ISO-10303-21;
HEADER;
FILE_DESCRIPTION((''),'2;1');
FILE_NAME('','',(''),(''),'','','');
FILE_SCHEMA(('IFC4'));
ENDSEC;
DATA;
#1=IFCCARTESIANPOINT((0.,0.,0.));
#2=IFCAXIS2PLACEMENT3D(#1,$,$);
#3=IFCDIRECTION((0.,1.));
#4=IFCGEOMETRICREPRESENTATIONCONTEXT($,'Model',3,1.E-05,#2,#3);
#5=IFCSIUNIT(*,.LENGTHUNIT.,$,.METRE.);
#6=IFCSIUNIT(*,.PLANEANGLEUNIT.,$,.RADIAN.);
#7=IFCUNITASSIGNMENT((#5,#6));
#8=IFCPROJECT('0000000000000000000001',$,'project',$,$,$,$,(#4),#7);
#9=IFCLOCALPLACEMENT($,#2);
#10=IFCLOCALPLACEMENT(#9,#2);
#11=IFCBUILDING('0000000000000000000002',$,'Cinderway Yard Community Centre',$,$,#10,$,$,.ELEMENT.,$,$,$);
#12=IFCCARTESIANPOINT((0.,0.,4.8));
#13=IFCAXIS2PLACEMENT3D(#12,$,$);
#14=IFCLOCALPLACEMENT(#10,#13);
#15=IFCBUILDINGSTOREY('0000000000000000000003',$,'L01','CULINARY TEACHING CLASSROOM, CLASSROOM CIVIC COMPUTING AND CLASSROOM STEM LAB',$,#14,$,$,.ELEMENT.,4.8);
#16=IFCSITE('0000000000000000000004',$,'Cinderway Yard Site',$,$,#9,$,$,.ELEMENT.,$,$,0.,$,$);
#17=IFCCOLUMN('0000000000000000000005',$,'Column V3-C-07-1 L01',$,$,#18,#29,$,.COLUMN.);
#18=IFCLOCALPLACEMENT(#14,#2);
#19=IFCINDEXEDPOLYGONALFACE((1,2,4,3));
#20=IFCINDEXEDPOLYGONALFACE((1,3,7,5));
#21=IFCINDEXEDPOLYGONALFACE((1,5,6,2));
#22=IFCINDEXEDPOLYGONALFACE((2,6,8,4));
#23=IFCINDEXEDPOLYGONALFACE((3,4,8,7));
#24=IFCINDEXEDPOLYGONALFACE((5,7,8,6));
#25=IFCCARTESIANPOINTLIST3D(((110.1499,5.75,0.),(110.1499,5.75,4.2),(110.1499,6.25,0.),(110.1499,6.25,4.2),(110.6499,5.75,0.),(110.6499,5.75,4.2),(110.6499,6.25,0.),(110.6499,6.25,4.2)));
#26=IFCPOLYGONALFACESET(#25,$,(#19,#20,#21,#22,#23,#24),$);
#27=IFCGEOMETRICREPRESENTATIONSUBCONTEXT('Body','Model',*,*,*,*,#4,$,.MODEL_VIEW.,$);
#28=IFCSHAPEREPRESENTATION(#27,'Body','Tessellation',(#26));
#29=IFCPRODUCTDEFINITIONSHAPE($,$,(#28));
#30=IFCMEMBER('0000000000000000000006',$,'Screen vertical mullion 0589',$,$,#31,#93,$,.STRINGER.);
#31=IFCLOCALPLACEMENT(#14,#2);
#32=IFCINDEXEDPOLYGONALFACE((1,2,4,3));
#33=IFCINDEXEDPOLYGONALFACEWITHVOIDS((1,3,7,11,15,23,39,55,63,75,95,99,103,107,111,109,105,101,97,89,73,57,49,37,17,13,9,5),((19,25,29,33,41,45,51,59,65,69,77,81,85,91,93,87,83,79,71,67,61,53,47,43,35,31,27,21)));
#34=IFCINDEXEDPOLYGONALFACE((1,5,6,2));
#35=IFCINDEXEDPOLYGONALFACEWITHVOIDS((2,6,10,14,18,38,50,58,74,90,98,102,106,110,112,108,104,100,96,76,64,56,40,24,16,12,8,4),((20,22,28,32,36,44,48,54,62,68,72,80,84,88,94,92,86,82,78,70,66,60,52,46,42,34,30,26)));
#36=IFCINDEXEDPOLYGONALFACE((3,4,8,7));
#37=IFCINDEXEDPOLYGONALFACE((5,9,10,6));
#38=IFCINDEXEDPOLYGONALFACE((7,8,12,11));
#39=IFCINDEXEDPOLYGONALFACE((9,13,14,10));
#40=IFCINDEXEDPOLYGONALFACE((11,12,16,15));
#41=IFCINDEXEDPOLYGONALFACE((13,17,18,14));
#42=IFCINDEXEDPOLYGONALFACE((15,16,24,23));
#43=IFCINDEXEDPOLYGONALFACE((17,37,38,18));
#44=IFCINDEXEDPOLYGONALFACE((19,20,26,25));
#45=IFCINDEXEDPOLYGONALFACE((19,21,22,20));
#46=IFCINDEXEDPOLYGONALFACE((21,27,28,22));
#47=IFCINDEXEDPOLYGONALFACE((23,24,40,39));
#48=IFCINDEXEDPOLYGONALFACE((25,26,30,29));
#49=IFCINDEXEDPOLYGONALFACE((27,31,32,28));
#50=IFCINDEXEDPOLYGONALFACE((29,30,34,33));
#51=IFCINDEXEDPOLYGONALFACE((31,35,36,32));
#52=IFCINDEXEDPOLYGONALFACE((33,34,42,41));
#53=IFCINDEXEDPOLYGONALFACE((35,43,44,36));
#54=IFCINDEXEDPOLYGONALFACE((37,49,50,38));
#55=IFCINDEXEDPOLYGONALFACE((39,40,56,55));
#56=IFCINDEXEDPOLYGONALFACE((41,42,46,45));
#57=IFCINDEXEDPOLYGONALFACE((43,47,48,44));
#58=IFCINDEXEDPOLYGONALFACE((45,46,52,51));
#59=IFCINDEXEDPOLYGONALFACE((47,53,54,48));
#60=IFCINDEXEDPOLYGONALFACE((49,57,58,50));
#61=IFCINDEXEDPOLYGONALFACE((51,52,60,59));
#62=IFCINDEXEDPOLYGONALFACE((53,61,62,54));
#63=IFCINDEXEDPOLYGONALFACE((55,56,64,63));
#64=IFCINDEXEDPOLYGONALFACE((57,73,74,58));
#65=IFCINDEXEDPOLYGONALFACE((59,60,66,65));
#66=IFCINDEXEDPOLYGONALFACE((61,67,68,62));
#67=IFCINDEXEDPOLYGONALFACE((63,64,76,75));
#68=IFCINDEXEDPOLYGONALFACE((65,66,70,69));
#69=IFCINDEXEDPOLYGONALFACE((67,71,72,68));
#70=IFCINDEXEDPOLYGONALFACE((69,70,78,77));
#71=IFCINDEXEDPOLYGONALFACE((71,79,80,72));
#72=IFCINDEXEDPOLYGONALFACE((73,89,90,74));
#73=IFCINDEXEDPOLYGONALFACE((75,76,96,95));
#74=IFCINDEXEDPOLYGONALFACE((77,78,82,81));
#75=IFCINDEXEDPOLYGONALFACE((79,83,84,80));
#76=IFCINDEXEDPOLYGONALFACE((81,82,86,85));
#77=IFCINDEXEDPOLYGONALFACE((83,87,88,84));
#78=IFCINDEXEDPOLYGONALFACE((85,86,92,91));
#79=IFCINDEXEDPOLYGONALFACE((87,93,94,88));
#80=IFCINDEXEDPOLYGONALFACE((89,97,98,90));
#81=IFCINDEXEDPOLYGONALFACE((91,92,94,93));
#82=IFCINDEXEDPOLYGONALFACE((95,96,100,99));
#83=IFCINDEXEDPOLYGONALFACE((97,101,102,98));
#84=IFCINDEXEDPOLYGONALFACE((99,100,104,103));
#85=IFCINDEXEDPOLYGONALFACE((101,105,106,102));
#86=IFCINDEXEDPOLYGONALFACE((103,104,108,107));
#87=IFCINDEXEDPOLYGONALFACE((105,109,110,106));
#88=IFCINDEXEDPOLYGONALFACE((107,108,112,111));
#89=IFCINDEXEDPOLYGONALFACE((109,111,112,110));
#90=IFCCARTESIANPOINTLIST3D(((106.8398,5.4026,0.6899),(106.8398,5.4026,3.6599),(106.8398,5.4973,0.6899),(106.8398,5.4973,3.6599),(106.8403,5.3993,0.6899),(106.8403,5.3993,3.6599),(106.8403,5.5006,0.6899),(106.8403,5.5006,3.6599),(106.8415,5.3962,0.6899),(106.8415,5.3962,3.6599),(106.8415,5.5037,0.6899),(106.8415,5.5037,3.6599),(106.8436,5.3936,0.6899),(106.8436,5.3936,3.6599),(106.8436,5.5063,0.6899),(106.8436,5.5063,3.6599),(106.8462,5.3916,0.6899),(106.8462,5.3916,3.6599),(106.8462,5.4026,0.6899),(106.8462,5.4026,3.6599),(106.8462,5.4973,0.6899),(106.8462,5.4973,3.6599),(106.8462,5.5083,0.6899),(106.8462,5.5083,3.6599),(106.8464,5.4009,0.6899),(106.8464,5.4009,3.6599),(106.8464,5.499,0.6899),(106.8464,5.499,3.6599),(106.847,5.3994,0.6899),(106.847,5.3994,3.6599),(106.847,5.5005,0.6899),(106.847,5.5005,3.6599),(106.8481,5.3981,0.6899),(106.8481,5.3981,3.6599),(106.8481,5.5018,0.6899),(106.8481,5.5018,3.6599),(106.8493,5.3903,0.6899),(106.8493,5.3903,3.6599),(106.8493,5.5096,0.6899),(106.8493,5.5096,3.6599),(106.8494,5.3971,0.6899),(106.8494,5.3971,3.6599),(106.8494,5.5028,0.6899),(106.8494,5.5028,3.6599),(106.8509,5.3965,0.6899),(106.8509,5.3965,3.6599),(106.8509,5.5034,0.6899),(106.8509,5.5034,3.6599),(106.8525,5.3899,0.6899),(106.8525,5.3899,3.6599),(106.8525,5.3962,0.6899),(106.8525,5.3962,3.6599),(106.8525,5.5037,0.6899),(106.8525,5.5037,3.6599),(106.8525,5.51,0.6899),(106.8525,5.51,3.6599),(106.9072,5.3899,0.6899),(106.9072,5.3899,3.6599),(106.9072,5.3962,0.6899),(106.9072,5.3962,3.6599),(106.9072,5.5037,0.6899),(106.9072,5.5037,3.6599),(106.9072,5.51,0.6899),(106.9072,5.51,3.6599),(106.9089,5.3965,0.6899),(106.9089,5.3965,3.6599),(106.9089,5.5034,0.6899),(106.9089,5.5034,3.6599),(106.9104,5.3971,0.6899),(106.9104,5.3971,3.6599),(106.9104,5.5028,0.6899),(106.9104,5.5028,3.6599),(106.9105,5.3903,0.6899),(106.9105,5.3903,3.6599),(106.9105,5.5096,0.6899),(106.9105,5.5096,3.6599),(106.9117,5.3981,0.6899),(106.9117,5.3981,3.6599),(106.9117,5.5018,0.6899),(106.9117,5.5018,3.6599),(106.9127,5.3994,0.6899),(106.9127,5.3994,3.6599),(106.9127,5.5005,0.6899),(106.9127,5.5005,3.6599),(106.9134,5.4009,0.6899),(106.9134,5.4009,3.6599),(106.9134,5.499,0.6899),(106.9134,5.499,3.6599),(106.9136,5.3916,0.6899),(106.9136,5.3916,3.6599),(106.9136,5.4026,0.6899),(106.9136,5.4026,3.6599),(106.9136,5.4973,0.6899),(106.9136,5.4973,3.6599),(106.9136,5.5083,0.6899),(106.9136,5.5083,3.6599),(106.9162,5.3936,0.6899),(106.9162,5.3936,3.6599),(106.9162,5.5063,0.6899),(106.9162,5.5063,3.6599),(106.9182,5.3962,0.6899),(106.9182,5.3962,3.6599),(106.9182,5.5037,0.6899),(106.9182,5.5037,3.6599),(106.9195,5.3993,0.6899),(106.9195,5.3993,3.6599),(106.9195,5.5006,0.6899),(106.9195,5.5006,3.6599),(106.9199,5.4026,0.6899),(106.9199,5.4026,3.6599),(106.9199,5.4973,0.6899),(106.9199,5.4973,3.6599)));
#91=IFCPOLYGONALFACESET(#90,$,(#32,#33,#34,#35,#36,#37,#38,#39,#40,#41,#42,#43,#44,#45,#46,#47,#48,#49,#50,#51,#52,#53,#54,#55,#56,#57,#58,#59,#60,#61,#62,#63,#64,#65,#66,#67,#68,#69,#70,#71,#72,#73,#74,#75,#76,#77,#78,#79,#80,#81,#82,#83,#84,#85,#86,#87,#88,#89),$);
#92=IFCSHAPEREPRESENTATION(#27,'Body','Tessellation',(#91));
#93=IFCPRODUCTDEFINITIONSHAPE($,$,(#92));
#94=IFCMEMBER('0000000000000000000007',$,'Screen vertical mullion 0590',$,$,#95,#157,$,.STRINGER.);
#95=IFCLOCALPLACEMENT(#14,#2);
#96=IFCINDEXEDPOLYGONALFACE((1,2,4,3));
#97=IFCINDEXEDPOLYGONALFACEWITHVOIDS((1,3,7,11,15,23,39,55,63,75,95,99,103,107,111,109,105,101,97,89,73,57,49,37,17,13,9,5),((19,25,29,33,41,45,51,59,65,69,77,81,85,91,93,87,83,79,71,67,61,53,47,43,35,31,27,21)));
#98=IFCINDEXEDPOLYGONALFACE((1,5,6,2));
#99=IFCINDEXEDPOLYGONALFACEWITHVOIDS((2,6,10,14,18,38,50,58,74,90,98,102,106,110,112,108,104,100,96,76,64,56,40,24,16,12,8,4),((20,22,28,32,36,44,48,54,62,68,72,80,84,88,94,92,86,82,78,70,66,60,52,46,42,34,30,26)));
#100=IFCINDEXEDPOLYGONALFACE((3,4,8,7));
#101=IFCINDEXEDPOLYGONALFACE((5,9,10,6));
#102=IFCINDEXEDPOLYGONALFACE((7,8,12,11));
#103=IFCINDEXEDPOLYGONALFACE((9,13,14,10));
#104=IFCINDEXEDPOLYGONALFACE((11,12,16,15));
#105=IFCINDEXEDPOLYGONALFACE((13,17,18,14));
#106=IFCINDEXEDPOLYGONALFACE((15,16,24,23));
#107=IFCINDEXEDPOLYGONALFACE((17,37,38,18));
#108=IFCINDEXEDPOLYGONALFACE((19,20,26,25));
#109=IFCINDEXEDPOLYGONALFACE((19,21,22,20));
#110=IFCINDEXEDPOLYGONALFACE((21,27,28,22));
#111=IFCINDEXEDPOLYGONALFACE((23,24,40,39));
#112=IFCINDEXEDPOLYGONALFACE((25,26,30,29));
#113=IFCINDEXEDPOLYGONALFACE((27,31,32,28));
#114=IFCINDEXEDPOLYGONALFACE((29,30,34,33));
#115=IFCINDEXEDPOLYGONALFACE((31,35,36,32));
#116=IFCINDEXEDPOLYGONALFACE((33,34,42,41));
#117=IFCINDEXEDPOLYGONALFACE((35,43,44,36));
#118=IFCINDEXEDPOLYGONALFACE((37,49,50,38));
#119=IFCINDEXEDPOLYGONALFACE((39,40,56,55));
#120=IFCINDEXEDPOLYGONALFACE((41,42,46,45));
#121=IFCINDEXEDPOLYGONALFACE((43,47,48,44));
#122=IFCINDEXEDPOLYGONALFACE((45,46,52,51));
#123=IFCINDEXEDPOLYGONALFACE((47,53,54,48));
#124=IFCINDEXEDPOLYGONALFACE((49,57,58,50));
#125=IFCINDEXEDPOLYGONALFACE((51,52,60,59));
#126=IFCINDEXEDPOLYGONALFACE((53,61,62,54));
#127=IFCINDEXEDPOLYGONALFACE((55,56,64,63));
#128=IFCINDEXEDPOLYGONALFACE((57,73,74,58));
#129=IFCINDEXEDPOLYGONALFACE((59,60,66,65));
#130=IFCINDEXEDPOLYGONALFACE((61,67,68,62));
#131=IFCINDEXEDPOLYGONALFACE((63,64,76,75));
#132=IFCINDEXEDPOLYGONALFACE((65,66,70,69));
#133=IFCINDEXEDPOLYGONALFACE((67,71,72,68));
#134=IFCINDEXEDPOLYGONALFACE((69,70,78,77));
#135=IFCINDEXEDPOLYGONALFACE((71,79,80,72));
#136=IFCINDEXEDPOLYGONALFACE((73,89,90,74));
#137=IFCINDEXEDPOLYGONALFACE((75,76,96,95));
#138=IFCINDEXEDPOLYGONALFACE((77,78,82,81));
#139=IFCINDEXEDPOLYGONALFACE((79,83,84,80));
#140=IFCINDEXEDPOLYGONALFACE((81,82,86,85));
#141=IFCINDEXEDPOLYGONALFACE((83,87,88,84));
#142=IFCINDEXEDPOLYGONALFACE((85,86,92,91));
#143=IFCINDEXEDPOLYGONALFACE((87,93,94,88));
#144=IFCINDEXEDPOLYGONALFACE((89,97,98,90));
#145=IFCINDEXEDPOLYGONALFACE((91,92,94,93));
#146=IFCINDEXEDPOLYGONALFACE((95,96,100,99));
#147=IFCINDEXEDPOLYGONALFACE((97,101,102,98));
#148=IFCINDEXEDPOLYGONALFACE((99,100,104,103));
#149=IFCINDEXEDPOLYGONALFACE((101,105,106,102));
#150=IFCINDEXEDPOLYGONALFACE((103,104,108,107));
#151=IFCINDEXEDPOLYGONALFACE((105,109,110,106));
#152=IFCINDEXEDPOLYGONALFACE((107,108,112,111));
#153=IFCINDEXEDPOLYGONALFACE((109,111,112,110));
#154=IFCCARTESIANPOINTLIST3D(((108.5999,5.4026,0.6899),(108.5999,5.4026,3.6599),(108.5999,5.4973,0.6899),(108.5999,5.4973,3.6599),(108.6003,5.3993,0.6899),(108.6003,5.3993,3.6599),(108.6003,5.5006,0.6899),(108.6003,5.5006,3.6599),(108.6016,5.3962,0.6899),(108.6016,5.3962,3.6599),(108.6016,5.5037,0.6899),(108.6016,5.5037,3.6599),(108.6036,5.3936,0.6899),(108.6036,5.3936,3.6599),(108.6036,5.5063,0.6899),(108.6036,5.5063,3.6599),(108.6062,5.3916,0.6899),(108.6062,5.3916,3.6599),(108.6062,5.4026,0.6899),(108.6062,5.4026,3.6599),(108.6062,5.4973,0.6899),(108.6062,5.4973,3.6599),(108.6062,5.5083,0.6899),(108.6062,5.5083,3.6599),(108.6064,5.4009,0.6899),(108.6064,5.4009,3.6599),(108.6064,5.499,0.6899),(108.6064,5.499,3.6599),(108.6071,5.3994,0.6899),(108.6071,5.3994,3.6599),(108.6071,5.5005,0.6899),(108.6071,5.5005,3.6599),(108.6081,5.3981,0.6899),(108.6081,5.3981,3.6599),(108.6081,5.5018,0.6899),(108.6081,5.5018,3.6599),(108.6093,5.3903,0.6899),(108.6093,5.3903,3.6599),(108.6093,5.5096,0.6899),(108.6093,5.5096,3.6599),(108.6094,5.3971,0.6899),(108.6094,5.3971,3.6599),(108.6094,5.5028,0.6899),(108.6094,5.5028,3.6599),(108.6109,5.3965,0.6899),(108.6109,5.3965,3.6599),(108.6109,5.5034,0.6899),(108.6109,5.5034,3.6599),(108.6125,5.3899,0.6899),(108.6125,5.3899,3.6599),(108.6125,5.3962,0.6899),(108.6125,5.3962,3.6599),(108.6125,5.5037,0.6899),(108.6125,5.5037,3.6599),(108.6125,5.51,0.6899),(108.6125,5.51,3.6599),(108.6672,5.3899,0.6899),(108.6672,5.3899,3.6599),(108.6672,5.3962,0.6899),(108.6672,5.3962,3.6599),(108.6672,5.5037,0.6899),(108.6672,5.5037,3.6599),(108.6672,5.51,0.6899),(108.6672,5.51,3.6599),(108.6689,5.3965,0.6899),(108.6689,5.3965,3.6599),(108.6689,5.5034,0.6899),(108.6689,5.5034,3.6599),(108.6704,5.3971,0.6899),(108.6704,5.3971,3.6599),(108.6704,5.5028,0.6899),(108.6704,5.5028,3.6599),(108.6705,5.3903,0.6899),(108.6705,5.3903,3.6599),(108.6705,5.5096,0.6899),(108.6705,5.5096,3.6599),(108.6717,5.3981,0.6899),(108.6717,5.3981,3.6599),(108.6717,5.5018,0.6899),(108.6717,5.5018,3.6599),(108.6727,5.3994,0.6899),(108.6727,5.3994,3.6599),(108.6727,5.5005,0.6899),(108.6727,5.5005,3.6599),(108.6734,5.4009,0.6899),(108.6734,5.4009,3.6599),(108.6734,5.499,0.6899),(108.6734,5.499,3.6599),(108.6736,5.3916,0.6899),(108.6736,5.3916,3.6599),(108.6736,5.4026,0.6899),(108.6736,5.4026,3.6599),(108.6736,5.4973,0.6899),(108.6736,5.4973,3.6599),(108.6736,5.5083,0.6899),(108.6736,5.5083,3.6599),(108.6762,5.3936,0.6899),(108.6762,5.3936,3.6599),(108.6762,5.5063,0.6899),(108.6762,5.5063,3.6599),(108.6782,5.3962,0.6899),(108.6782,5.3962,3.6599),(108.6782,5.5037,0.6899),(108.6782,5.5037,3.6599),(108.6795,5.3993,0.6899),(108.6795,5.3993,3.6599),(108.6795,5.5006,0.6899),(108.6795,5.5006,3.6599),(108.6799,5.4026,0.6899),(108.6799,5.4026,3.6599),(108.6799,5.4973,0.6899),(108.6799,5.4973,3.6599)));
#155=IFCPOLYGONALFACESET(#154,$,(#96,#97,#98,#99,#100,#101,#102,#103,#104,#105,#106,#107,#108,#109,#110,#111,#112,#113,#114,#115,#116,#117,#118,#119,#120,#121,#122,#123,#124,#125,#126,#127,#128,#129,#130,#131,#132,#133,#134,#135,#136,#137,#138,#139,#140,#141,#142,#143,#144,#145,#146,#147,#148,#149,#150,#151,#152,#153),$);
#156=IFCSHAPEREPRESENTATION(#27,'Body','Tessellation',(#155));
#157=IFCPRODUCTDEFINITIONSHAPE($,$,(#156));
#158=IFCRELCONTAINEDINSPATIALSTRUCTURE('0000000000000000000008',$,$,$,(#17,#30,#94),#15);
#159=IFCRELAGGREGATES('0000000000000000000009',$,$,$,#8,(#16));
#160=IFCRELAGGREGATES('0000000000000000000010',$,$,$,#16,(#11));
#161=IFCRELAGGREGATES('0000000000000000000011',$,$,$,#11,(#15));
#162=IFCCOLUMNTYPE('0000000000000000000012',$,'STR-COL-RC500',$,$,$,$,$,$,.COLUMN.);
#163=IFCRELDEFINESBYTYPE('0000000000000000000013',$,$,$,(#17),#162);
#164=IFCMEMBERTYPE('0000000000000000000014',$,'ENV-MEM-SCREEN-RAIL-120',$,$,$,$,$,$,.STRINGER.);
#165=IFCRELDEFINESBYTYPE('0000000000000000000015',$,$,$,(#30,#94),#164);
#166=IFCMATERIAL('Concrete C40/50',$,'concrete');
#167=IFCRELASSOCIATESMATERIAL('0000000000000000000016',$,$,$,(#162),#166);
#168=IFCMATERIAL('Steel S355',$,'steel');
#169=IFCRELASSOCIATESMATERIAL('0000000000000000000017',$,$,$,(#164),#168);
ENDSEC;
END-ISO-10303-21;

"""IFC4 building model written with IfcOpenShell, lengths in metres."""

from ifc_helpers import new_model, si_unit, direction, frame, origin, origin_2d, place, context, subcontext, project, spatial, rectangle, hollow_rectangle, extrude, material, material_profile, profile_set, type_object, element, save


model = new_model("IFC4")

# Units and contexts
model_context = context("Model", 3, precision=1e-05, world=origin(), true_north=direction((0.0, 1.0)))
body_context = subcontext(model_context, "Body", "Model", "MODEL_VIEW")
ifc_project = project(units=[si_unit("LENGTHUNIT", "METRE"), si_unit("PLANEANGLEUNIT", "RADIAN")], contexts=[model_context])

# Site, building, storey
site_placement = place(None, origin())
site = spatial("IfcSite", under=ifc_project, at=site_placement, Name="Cinderway Yard Site", CompositionType="ELEMENT", RefElevation=0.0)
building_placement = place(site_placement, origin())
building = spatial("IfcBuilding", under=site, at=building_placement, Name="Cinderway Yard Community Centre", CompositionType="ELEMENT")
storey_placement = place(building_placement, frame((0.0, 0.0, 4.8)))
storey = spatial("IfcBuildingStorey", under=building, at=storey_placement, Name="L01", Description="CULINARY TEACHING CLASSROOM, CLASSROOM CIVIC COMPUTING AND CLASSROOM STEM LAB", CompositionType="ELEMENT", Elevation=4.8)

# Column
ifc_material_1 = material(Name="Concrete C40/50", Category="concrete")
ifc_material_profile_1 = material_profile(ifc_material_1, rectangle(XDim=0.5, YDim=0.5, at=origin_2d()), Name="Concrete C40/50")
ifc_profile_set_1 = profile_set([ifc_material_profile_1], Name="Concrete C40/50")
column_type = type_object("IfcColumnType", Name="STR-COL-RC500", PredefinedType="COLUMN", material=ifc_profile_set_1)
column_placement = place(storey_placement, frame((110.3999, 6.0, 0.0), z_axis=(0.0, 0.0, 1.0), x_axis=(1.0, 0.0, 0.0)))
element("IfcColumn", 1, at=column_placement, inside=storey, type_object=column_type, Name="Column V3-C-07-1 L01", PredefinedType="COLUMN", context=body_context, shape_type="SweptSolid", body=[
    extrude(rectangle(XDim=0.5, YDim=0.5, at=origin_2d()), origin(), (0.0, 0.0, 1.0), 4.2),
])

# Members
ifc_material_2 = material(Name="Steel S355", Category="steel")
ifc_material_profile_2 = material_profile(ifc_material_2, hollow_rectangle(XDim=0.0801, YDim=0.1201, WallThickness=0.0063, InnerFilletRadius=0.0063, OuterFilletRadius=0.0127, at=origin_2d()), Name="Steel S355")
ifc_profile_set_2 = profile_set([ifc_material_profile_2], Name="Steel S355")
member_type = type_object("IfcMemberType", Name="ENV-MEM-SCREEN-RAIL-120", PredefinedType="STRINGER", material=ifc_profile_set_2)
for number, where, z_axis, x_axis, name in (
    (2, (106.8799, 5.45, 0.6899), (0.0, 0.0, 1.0), (1.0, 0.0, 0.0), "Screen vertical mullion 0589"),
    (3, (108.6399, 5.45, 0.6899), (0.0, 0.0, 1.0), (1.0, 0.0, 0.0), "Screen vertical mullion 0590"),
):
    element("IfcMember", number, at=place(storey_placement, frame(where, z_axis=z_axis, x_axis=x_axis)), inside=storey, type_object=member_type, Name=name, PredefinedType="STRINGER", context=body_context, shape_type="SweptSolid", body=[
        extrude(hollow_rectangle(XDim=0.0801, YDim=0.1201, WallThickness=0.0063, InnerFilletRadius=0.0063, OuterFilletRadius=0.0127, at=origin_2d()), origin(), (0.0, 0.0, 1.0), 2.97),
    ])

save(model, "model.ifc")
